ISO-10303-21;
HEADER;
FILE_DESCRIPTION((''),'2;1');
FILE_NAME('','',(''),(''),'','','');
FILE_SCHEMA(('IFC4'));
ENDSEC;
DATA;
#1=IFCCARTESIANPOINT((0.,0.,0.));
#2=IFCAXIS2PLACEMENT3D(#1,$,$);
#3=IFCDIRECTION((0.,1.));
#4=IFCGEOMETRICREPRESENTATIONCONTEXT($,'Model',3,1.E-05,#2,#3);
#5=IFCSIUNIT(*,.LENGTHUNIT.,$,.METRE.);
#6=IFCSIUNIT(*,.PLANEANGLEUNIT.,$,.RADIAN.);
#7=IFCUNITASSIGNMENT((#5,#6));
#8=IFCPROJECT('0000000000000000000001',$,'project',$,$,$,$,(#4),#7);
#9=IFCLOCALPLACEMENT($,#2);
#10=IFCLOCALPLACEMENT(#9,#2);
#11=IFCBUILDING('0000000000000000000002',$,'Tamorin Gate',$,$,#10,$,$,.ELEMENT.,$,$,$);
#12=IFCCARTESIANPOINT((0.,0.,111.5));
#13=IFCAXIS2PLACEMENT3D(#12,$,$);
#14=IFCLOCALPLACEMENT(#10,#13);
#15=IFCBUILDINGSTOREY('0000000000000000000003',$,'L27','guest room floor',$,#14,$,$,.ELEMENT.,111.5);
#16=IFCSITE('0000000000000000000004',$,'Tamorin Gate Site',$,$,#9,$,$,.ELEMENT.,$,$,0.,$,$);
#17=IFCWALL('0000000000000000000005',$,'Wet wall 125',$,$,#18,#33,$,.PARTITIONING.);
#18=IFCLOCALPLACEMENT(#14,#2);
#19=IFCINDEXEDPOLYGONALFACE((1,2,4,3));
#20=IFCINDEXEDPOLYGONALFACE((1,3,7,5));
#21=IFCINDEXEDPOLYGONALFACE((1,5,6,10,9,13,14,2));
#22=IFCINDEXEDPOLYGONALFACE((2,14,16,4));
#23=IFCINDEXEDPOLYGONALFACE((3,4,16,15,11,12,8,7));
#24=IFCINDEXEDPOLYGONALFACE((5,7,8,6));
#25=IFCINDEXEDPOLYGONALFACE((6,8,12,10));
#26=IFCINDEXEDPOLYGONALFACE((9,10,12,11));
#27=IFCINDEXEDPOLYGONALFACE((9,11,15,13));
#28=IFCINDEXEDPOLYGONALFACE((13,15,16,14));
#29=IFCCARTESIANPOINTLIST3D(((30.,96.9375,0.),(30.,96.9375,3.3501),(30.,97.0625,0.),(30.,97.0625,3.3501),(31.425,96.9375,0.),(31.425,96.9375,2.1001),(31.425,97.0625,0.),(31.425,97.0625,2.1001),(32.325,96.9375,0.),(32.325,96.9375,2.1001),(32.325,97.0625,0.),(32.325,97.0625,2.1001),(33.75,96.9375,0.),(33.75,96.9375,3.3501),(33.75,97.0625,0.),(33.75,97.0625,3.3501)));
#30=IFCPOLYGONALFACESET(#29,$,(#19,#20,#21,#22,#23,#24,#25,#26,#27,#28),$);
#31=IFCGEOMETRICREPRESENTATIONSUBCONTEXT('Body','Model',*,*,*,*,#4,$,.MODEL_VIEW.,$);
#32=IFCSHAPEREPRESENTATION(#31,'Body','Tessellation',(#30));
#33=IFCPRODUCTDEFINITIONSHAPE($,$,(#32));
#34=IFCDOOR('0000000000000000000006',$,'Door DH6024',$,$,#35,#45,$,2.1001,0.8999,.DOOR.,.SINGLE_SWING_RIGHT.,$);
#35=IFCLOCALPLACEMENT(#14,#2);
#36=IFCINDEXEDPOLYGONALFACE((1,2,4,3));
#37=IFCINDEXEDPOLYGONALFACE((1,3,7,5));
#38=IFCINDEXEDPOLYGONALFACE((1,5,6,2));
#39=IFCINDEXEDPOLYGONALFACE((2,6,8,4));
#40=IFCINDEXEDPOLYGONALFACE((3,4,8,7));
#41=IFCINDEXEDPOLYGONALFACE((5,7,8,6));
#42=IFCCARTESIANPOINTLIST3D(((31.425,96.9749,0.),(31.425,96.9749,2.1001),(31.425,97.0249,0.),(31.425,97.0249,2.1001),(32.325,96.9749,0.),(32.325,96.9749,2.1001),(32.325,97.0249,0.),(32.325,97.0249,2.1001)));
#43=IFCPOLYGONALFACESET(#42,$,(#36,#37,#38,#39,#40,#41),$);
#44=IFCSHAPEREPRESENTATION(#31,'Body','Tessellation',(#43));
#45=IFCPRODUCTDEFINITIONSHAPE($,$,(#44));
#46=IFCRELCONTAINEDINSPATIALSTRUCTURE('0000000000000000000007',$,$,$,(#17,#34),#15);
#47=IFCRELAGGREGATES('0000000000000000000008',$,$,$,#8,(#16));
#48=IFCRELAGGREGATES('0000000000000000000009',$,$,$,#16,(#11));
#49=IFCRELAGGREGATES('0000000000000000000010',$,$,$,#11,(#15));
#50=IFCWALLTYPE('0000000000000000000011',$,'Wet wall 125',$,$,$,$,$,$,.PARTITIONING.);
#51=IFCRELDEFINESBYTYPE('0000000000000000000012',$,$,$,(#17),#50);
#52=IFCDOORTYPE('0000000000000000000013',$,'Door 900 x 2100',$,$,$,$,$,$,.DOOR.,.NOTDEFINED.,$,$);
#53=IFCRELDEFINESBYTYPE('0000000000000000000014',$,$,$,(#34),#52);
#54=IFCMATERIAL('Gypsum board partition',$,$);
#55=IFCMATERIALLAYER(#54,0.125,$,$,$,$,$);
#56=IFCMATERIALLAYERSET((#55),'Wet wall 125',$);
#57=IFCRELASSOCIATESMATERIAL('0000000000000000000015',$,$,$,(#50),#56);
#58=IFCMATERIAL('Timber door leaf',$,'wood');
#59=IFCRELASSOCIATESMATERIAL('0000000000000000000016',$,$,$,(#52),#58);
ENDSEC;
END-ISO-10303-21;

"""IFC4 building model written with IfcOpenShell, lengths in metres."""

from ifc_helpers import new_model, si_unit, direction, frame, frame_2d, origin, place, context, subcontext, project, spatial, rectangle, extrude, material, layer, layer_set, type_object, element, fill, save


model = new_model("IFC4")

# Units and contexts
model_context = context("Model", 3, precision=1e-05, world=origin(), true_north=direction((0.0, 1.0)))
body_context = subcontext(model_context, "Body", "Model", "MODEL_VIEW")
ifc_project = project(units=[si_unit("LENGTHUNIT", "METRE"), si_unit("PLANEANGLEUNIT", "RADIAN")], contexts=[model_context])

# Site, building, storey
site_placement = place(None, origin())
site = spatial("IfcSite", under=ifc_project, at=site_placement, Name="Tamorin Gate Site", CompositionType="ELEMENT", RefElevation=0.0)
building_placement = place(site_placement, origin())
building = spatial("IfcBuilding", under=site, at=building_placement, Name="Tamorin Gate", CompositionType="ELEMENT")
storey_placement = place(building_placement, frame((0.0, 0.0, 111.5)))
storey = spatial("IfcBuildingStorey", under=building, at=storey_placement, Name="L27", Description="guest room floor", CompositionType="ELEMENT", Elevation=111.5)

# Shared definitions
ifc_material_1 = material(Name="Gypsum board partition")
ifc_material_2 = material(Name="Timber door leaf", Category="wood")

# Wall, opening, door
ifc_layer_1 = layer(ifc_material_1, 0.125)
ifc_layer_set_1 = layer_set([ifc_layer_1], Name="Wet wall 125")
wall_type_1 = type_object("IfcWallType", Name="Wet wall 125", PredefinedType="PARTITIONING", material=ifc_layer_set_1)
wall_1_placement = place(storey_placement, frame((30.0, 97.0, 0.0), z_axis=(0.0, 0.0, 1.0), x_axis=(1.0, 0.0, 0.0)))
wall_1 = element("IfcWall", 1, at=wall_1_placement, inside=storey, type_object=wall_type_1, Name="Wet wall 125", PredefinedType="PARTITIONING", context=body_context, shape_type="SweptSolid", body=[
    extrude(rectangle(XDim=3.75, YDim=0.125, at=frame_2d((1.875, 0.0))), origin(), (0.0, 0.0, 1.0), 3.3501),
])
opening_1_placement = place(wall_1_placement, frame((1.425, 0.0, 0.0)))
opening_1 = element("IfcOpeningElement", 2, at=opening_1_placement, cuts=wall_1, PredefinedType="OPENING", context=body_context, shape_type="SweptSolid", body=[
    extrude(rectangle(XDim=0.8999, YDim=2.1001, at=frame_2d((0.45, 1.05))), frame((0.0, 0.0725, 0.0), z_axis=(0.0, -1.0, 0.0), x_axis=(1.0, 0.0, 0.0)), (0.0, 0.0, 1.0), 0.145),
])
door_type_1 = type_object("IfcDoorType", Name="Door 900 x 2100", OperationType="NOTDEFINED", PredefinedType="DOOR", material=ifc_material_2)
door_1_placement = place(opening_1_placement, origin())
door_1 = element("IfcDoor", 3, at=door_1_placement, inside=storey, type_object=door_type_1, Name="Door DH6024", OperationType="SINGLE_SWING_RIGHT", OverallHeight=2.1001, OverallWidth=0.8999, PredefinedType="DOOR", context=body_context, shape_type="SweptSolid", body=[
    extrude(rectangle(XDim=0.8999, YDim=2.1001, at=frame_2d((0.45, 1.05))), frame((0.0, 0.0249, 0.0), z_axis=(0.0, -1.0, 0.0), x_axis=(1.0, 0.0, 0.0)), (0.0, 0.0, 1.0), 0.05),
])
fill(opening_1, door_1)

save(model, "model.ifc")
